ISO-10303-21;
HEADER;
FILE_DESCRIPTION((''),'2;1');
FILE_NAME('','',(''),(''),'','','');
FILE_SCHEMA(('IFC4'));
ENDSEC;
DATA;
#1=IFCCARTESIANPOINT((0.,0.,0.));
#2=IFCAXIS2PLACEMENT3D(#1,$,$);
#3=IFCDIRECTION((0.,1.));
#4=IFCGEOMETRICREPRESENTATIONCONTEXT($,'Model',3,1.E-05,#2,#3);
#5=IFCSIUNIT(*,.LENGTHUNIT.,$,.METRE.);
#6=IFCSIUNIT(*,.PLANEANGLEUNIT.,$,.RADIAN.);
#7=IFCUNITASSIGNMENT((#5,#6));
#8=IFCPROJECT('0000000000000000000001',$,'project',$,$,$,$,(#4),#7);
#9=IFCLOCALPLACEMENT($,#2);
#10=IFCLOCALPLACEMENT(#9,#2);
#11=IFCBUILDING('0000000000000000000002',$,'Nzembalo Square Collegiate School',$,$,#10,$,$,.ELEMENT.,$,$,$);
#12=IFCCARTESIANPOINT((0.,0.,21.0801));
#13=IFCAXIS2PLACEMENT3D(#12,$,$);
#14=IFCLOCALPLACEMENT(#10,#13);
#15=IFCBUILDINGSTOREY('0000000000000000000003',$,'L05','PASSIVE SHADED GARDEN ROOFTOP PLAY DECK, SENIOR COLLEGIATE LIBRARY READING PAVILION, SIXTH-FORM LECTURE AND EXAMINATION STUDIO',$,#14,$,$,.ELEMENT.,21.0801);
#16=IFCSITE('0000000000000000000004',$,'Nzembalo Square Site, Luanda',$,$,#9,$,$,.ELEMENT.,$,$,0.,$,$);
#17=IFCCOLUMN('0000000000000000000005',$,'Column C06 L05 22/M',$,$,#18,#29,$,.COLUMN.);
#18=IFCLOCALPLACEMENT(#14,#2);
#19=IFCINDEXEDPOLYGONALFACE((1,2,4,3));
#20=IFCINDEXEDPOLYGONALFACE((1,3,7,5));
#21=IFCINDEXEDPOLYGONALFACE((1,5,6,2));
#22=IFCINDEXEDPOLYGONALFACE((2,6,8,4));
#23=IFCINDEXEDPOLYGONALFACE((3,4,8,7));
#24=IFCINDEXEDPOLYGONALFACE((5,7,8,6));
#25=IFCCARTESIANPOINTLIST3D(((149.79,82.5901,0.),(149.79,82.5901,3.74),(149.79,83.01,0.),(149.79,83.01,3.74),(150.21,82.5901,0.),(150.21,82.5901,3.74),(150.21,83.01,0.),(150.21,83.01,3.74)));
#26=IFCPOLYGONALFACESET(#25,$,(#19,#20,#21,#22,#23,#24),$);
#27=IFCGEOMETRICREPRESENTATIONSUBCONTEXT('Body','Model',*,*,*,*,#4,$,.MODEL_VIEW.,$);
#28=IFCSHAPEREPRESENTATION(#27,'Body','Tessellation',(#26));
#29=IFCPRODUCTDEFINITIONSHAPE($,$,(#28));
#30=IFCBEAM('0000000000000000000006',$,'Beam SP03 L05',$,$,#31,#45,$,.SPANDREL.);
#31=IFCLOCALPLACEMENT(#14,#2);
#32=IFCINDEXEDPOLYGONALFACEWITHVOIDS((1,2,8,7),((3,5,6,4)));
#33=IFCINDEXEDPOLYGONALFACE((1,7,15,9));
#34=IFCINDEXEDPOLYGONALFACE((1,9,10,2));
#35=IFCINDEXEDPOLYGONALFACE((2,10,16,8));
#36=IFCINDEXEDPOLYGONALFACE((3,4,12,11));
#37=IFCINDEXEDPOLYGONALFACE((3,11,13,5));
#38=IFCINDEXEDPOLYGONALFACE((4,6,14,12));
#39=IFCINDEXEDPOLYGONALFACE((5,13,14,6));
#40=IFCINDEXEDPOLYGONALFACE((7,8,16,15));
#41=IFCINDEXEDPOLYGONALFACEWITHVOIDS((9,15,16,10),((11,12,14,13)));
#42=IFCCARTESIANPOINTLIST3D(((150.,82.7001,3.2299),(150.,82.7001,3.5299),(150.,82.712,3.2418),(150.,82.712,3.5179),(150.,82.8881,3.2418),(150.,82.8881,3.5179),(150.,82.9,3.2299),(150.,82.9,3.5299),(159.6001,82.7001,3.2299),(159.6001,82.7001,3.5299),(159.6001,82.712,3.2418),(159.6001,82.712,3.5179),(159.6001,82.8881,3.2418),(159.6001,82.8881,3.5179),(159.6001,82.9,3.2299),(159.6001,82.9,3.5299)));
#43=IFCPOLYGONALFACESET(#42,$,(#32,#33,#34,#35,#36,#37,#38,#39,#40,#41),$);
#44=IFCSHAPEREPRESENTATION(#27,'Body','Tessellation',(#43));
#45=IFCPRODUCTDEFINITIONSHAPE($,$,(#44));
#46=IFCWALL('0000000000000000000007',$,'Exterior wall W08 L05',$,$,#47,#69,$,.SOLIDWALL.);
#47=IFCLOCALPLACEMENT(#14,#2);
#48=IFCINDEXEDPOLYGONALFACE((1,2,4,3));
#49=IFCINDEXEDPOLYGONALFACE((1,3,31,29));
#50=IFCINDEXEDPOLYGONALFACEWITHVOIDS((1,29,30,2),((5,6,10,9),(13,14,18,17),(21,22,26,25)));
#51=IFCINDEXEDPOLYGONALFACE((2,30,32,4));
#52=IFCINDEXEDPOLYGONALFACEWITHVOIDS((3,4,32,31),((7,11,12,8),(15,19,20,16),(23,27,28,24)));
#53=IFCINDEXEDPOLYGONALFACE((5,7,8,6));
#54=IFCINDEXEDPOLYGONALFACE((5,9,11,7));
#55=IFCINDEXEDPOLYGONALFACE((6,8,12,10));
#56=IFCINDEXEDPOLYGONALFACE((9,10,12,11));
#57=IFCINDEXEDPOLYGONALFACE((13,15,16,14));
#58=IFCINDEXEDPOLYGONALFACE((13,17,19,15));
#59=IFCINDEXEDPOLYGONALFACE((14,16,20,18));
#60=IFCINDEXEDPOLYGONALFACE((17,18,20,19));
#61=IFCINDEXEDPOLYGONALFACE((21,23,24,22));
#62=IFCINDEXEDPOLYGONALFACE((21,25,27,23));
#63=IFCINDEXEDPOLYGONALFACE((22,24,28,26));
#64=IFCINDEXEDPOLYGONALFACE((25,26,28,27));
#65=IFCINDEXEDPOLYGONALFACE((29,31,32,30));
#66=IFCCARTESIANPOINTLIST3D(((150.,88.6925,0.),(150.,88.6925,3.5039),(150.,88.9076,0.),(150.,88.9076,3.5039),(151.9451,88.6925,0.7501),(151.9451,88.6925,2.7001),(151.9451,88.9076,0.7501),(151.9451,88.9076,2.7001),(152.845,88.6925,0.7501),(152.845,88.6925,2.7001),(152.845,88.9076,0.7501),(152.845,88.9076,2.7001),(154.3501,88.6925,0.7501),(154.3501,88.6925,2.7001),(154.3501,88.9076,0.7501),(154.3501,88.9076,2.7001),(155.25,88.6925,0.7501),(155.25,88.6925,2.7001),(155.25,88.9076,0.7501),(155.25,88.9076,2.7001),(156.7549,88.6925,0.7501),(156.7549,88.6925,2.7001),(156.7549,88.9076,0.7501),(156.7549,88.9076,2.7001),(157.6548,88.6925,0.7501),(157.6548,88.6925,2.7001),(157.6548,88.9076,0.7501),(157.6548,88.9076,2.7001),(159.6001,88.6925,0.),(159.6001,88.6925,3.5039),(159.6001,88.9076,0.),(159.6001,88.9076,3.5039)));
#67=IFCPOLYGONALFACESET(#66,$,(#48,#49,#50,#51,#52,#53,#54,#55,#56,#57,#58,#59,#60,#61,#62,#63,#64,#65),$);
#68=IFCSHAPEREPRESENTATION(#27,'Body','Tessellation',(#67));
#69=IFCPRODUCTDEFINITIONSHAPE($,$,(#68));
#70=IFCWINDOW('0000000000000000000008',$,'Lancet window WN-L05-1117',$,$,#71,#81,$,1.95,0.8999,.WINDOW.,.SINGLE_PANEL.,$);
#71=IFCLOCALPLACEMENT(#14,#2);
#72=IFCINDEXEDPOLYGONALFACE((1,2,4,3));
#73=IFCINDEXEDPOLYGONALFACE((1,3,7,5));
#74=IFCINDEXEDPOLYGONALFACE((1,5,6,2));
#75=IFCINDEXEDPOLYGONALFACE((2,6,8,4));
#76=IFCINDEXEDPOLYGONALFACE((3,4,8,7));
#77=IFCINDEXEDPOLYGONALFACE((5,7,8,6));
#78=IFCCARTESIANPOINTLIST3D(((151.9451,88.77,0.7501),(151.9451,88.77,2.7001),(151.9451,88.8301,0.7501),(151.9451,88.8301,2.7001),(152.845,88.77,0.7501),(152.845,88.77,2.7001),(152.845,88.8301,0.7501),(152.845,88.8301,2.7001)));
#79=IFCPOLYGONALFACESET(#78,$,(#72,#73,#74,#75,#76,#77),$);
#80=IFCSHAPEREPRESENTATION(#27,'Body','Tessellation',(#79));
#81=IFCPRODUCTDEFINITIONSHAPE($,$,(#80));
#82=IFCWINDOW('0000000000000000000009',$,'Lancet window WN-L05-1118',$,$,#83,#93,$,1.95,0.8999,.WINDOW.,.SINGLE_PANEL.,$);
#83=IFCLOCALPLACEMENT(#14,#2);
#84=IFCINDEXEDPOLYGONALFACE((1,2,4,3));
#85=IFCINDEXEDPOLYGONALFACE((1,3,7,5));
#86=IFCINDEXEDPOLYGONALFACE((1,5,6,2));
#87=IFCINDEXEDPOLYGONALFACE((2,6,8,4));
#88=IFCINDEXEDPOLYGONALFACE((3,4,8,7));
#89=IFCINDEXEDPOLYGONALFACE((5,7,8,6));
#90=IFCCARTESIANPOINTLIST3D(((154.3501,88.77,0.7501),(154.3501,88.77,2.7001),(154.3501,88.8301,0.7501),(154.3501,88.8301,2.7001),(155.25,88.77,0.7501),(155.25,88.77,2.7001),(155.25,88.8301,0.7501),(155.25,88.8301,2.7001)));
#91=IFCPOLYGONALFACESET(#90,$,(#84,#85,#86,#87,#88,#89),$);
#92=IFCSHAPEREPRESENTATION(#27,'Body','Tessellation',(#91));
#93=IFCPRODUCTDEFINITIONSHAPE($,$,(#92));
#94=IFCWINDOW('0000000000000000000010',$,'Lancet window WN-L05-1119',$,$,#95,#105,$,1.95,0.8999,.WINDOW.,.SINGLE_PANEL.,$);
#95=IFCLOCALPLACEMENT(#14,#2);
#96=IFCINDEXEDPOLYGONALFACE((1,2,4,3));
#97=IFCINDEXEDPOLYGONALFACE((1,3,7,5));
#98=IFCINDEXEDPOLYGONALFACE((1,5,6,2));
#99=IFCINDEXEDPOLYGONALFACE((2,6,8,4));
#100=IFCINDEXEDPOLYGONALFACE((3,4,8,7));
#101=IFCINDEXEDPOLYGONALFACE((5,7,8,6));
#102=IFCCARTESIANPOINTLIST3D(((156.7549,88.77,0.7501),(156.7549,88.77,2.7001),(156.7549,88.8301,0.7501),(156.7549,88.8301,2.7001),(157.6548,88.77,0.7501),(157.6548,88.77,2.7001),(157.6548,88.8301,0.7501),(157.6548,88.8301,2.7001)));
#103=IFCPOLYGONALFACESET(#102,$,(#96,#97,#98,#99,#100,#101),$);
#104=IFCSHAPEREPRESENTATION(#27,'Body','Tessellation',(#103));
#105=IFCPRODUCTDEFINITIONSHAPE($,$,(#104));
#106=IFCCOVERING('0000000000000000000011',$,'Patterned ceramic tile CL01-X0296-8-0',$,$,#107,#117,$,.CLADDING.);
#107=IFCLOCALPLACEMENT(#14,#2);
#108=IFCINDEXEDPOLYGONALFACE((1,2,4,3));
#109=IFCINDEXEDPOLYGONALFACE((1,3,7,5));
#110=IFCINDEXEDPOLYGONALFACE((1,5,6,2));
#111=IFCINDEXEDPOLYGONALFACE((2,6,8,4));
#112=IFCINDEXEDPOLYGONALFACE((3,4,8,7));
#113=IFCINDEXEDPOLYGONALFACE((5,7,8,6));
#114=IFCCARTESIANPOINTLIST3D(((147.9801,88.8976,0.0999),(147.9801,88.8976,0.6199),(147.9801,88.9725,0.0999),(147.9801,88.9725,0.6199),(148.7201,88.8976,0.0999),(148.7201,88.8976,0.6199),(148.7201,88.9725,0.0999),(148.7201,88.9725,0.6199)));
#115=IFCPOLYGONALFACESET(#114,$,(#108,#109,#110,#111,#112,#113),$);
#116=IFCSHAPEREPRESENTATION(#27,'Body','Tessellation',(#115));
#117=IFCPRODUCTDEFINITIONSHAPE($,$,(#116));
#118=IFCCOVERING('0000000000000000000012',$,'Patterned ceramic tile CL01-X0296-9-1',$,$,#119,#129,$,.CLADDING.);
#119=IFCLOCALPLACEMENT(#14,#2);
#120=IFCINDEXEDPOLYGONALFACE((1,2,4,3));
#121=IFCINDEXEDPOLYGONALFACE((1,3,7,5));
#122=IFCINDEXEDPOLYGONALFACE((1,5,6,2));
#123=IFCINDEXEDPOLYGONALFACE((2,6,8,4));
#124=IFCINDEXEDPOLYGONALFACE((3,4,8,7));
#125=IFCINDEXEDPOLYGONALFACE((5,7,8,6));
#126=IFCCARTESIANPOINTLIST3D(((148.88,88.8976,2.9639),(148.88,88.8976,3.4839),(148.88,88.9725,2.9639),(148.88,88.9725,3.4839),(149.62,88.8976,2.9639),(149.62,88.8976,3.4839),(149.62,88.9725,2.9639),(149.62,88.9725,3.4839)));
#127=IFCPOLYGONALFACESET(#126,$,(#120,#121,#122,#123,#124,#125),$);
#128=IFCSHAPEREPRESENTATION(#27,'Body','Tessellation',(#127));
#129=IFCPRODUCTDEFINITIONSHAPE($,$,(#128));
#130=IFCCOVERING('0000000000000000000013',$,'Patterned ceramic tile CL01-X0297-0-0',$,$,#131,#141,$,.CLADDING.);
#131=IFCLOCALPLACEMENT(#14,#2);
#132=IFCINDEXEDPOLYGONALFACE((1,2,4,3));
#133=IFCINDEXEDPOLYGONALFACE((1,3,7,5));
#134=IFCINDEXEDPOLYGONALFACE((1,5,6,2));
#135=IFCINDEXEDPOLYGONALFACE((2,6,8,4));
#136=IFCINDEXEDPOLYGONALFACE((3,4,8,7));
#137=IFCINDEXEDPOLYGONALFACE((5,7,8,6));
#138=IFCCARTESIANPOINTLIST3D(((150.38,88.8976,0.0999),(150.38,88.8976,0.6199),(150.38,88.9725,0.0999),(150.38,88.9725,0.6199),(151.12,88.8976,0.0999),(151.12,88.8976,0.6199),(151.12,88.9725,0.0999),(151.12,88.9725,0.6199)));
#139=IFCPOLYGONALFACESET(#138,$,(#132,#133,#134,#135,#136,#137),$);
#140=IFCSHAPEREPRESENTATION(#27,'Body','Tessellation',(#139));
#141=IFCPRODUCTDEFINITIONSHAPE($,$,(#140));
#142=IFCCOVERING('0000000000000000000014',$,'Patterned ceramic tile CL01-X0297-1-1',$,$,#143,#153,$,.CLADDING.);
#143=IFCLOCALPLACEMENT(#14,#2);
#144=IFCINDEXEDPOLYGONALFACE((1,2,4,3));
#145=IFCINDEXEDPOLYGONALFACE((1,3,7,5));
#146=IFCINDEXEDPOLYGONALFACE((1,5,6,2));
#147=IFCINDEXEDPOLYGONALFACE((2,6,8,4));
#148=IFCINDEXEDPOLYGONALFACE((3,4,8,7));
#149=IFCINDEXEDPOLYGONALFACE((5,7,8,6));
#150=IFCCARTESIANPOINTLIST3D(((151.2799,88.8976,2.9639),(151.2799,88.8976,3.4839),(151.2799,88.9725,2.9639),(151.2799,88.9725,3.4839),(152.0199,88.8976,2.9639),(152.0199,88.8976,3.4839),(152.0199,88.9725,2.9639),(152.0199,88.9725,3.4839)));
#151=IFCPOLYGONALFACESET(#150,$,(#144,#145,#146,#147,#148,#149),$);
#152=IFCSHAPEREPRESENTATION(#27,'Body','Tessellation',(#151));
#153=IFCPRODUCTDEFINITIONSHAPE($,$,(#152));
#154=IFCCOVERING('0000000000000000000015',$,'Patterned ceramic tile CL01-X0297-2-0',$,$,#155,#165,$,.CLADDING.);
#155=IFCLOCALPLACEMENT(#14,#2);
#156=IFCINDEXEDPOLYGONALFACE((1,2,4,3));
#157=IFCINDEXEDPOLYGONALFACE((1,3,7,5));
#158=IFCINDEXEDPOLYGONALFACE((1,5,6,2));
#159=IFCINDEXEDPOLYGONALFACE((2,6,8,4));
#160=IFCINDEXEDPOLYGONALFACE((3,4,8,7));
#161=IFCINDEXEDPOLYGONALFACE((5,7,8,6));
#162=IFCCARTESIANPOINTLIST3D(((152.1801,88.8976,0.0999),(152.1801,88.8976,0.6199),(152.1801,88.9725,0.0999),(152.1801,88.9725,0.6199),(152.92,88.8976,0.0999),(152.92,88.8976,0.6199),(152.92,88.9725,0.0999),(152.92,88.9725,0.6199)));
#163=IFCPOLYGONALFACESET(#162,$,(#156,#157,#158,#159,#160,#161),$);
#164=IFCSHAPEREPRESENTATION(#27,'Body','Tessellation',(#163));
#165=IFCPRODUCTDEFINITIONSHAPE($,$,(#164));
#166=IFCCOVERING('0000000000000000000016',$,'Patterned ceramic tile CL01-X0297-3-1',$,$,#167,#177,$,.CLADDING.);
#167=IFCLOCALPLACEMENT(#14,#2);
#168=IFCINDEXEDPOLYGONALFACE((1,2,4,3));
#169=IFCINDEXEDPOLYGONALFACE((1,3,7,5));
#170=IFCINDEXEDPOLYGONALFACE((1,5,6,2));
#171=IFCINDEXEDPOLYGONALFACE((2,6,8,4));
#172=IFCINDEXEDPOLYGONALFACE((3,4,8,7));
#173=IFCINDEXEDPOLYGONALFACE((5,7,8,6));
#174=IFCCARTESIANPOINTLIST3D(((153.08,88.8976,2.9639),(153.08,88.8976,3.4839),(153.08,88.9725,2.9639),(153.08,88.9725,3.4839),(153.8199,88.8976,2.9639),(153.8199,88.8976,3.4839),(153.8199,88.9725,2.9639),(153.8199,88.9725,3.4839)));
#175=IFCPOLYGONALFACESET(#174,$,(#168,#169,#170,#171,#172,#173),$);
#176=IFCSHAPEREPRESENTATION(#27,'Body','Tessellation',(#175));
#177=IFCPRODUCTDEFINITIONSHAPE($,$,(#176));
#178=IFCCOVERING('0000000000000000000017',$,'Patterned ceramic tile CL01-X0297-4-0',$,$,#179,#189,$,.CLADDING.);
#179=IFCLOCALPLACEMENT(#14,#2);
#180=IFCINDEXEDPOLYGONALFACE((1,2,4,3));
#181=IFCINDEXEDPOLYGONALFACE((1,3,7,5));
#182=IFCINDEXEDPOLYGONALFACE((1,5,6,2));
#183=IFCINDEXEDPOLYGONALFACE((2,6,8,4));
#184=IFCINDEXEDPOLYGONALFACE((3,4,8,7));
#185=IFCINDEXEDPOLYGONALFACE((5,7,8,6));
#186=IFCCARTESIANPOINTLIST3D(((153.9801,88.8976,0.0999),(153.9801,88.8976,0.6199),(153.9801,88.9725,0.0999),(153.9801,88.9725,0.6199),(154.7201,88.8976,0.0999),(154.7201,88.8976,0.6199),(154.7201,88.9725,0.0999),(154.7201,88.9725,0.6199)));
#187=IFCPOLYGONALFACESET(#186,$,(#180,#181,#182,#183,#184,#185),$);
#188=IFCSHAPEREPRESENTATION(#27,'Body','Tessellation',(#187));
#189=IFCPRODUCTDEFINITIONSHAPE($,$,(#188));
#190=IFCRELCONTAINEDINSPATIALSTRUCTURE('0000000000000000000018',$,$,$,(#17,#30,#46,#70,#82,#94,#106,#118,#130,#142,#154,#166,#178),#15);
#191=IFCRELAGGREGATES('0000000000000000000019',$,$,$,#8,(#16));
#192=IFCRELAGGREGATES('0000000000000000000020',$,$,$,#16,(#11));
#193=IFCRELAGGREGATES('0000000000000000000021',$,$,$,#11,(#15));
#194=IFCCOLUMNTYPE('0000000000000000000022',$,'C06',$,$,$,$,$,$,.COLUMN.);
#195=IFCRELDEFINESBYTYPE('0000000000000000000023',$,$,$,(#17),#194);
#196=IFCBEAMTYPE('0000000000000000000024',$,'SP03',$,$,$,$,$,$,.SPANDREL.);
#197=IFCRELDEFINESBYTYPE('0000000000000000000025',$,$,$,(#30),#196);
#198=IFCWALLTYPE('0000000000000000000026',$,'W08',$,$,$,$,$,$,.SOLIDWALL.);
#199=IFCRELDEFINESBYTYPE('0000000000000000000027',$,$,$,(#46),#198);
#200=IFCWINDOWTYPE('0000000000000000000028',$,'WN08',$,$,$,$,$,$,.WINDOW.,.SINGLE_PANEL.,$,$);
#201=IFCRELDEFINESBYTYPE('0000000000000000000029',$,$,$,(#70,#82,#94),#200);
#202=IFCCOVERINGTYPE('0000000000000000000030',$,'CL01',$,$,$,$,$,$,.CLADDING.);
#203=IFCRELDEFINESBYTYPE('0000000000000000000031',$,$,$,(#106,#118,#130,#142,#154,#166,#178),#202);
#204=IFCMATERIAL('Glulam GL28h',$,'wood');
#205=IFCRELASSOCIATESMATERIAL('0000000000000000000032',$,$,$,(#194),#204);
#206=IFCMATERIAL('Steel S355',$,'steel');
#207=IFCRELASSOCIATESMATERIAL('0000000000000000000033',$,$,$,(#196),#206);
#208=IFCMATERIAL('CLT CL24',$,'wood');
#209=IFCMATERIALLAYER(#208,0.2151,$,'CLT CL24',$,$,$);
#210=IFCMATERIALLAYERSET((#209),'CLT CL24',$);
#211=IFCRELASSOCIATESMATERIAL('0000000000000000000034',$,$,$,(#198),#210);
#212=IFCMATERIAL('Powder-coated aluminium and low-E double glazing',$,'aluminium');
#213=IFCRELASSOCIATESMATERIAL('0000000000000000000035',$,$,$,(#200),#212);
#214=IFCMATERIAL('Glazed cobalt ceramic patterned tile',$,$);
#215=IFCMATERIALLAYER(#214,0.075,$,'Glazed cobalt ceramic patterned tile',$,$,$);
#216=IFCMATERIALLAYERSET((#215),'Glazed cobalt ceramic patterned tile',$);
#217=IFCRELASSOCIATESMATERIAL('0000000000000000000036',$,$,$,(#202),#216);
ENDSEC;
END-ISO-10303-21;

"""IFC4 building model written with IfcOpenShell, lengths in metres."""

from ifc_helpers import new_model, si_unit, direction, frame, frame_2d, origin, origin_2d, place, context, subcontext, project, spatial, rectangle, hollow_rectangle, extrude, material, layer, layer_set, material_profile, profile_set, type_object, element, fill, save


model = new_model("IFC4")

# Units and contexts
model_context = context("Model", 3, precision=1e-05, world=origin(), true_north=direction((0.0, 1.0)))
body_context = subcontext(model_context, "Body", "Model", "MODEL_VIEW")
ifc_project = project(units=[si_unit("LENGTHUNIT", "METRE"), si_unit("PLANEANGLEUNIT", "RADIAN")], contexts=[model_context])

# Site, building, storey
site_placement = place(None, origin())
site = spatial("IfcSite", under=ifc_project, at=site_placement, Name="Nzembalo Square Site, Luanda", CompositionType="ELEMENT", RefElevation=0.0)
building_placement = place(site_placement, origin())
building = spatial("IfcBuilding", under=site, at=building_placement, Name="Nzembalo Square Collegiate School", CompositionType="ELEMENT")
storey_placement = place(building_placement, frame((0.0, 0.0, 21.0801)))
storey = spatial("IfcBuildingStorey", under=building, at=storey_placement, Name="L05", Description="PASSIVE SHADED GARDEN ROOFTOP PLAY DECK, SENIOR COLLEGIATE LIBRARY READING PAVILION, SIXTH-FORM LECTURE AND EXAMINATION STUDIO", CompositionType="ELEMENT", Elevation=21.0801)

# Column
ifc_material_1 = material(Name="Glulam GL28h", Category="wood")
ifc_material_profile_1 = material_profile(ifc_material_1, rectangle(XDim=0.4199, YDim=0.4199, at=origin_2d()), Name="GL28h 420x420")
ifc_profile_set_1 = profile_set([ifc_material_profile_1], Name="Glulam GL28h")
column_type = type_object("IfcColumnType", Name="C06", PredefinedType="COLUMN", material=ifc_profile_set_1)
column_placement = place(storey_placement, frame((150.0, 82.8, 0.0), z_axis=(0.0, 0.0, 1.0), x_axis=(1.0, 0.0, 0.0)))
element("IfcColumn", 1, at=column_placement, inside=storey, type_object=column_type, Name="Column C06 L05 22/M", PredefinedType="COLUMN", context=body_context, shape_type="SweptSolid", body=[
    extrude(rectangle(XDim=0.4199, YDim=0.4199, at=origin_2d()), origin(), (0.0, 0.0, 1.0), 3.74),
])

# Beam
ifc_material_2 = material(Name="Steel S355", Category="steel")
ifc_material_profile_2 = material_profile(ifc_material_2, hollow_rectangle(XDim=0.2, YDim=0.3, WallThickness=0.012, at=origin_2d()), Name="RHS 300x200x12")
ifc_profile_set_2 = profile_set([ifc_material_profile_2], Name="Steel S355")
beam_type = type_object("IfcBeamType", Name="SP03", PredefinedType="SPANDREL", material=ifc_profile_set_2)
beam_placement = place(storey_placement, frame((150.0, 82.8, 3.3799), z_axis=(1.0, 0.0, 0.0), x_axis=(0.0, 1.0, 0.0)))
element("IfcBeam", 2, at=beam_placement, inside=storey, type_object=beam_type, Name="Beam SP03 L05", PredefinedType="SPANDREL", context=body_context, shape_type="SweptSolid", body=[
    extrude(hollow_rectangle(XDim=0.2, YDim=0.3, WallThickness=0.012, at=origin_2d()), origin(), (0.0, 0.0, 1.0), 9.6001),
])

# Wall, openings, windows
ifc_material_3 = material(Name="CLT CL24", Category="wood")
ifc_layer_1 = layer(ifc_material_3, 0.2151, Name="CLT CL24")
ifc_layer_set_1 = layer_set([ifc_layer_1], Name="CLT CL24")
wall_type = type_object("IfcWallType", Name="W08", PredefinedType="SOLIDWALL", material=ifc_layer_set_1)
wall_placement = place(storey_placement, frame((150.0, 88.8, 0.0), z_axis=(0.0, 0.0, 1.0), x_axis=(1.0, 0.0, 0.0)))
wall = element("IfcWall", 3, at=wall_placement, inside=storey, type_object=wall_type, Name="Exterior wall W08 L05", PredefinedType="SOLIDWALL", context=body_context, shape_type="SweptSolid", body=[
    extrude(rectangle(XDim=9.6001, YDim=0.2151, at=frame_2d((4.8, 0.0))), origin(), (0.0, 0.0, 1.0), 3.5039),
])
opening_1_placement = place(wall_placement, frame((1.9451, 0.0, 0.75)))
opening_1 = element("IfcOpeningElement", 4, at=opening_1_placement, cuts=wall, PredefinedType="OPENING", context=body_context, shape_type="SweptSolid", body=[
    extrude(rectangle(XDim=0.8999, YDim=1.95, at=frame_2d((0.45, 0.9751))), frame((0.0, 0.1177, 0.0), z_axis=(0.0, -1.0, 0.0), x_axis=(1.0, 0.0, 0.0)), (0.0, 0.0, 1.0), 0.2351),
])
opening_2_placement = place(wall_placement, frame((4.3501, 0.0, 0.75)))
opening_2 = element("IfcOpeningElement", 5, at=opening_2_placement, cuts=wall, PredefinedType="OPENING", context=body_context, shape_type="SweptSolid", body=[
    extrude(rectangle(XDim=0.8999, YDim=1.95, at=frame_2d((0.45, 0.9751))), frame((0.0, 0.1177, 0.0), z_axis=(0.0, -1.0, 0.0), x_axis=(1.0, 0.0, 0.0)), (0.0, 0.0, 1.0), 0.2351),
])
opening_3_placement = place(wall_placement, frame((6.7549, 0.0, 0.75)))
opening_3 = element("IfcOpeningElement", 6, at=opening_3_placement, cuts=wall, PredefinedType="OPENING", context=body_context, shape_type="SweptSolid", body=[
    extrude(rectangle(XDim=0.8999, YDim=1.95, at=frame_2d((0.45, 0.9751))), frame((0.0, 0.1177, 0.0), z_axis=(0.0, -1.0, 0.0), x_axis=(1.0, 0.0, 0.0)), (0.0, 0.0, 1.0), 0.2351),
])
ifc_material_4 = material(Name="Powder-coated aluminium and low-E double glazing", Category="aluminium")
window_type = type_object("IfcWindowType", Name="WN08", PartitioningType="SINGLE_PANEL", PredefinedType="WINDOW", material=ifc_material_4)
window_1_placement = place(opening_1_placement, origin())
window_1 = element("IfcWindow", 7, at=window_1_placement, inside=storey, type_object=window_type, Name="Lancet window WN-L05-1117", OverallHeight=1.95, OverallWidth=0.8999, PartitioningType="SINGLE_PANEL", PredefinedType="WINDOW", context=body_context, shape_type="SweptSolid", body=[
    extrude(rectangle(XDim=0.8999, YDim=1.95, at=frame_2d((0.45, 0.9751))), frame((0.0, 0.03, 0.0), z_axis=(0.0, -1.0, 0.0), x_axis=(1.0, 0.0, 0.0)), (0.0, 0.0, 1.0), 0.0601),
])
fill(opening_1, window_1)
window_2_placement = place(opening_2_placement, origin())
window_2 = element("IfcWindow", 8, at=window_2_placement, inside=storey, type_object=window_type, Name="Lancet window WN-L05-1118", OverallHeight=1.95, OverallWidth=0.8999, PartitioningType="SINGLE_PANEL", PredefinedType="WINDOW", context=body_context, shape_type="SweptSolid", body=[
    extrude(rectangle(XDim=0.8999, YDim=1.95, at=frame_2d((0.45, 0.9751))), frame((0.0, 0.03, 0.0), z_axis=(0.0, -1.0, 0.0), x_axis=(1.0, 0.0, 0.0)), (0.0, 0.0, 1.0), 0.0601),
])
fill(opening_2, window_2)
window_3_placement = place(opening_3_placement, origin())
window_3 = element("IfcWindow", 9, at=window_3_placement, inside=storey, type_object=window_type, Name="Lancet window WN-L05-1119", OverallHeight=1.95, OverallWidth=0.8999, PartitioningType="SINGLE_PANEL", PredefinedType="WINDOW", context=body_context, shape_type="SweptSolid", body=[
    extrude(rectangle(XDim=0.8999, YDim=1.95, at=frame_2d((0.45, 0.9751))), frame((0.0, 0.03, 0.0), z_axis=(0.0, -1.0, 0.0), x_axis=(1.0, 0.0, 0.0)), (0.0, 0.0, 1.0), 0.0601),
])
fill(opening_3, window_3)

# Coverings
ifc_material_5 = material(Name="Glazed cobalt ceramic patterned tile")
ifc_layer_2 = layer(ifc_material_5, 0.075, Name="Glazed cobalt ceramic patterned tile")
ifc_layer_set_2 = layer_set([ifc_layer_2], Name="Glazed cobalt ceramic patterned tile")
covering_type_1 = type_object("IfcCoveringType", Name="CL01", PredefinedType="CLADDING", material=ifc_layer_set_2)
for number, where, z_axis, x_axis, name in (
    (10, (148.3501, 88.9351, 0.0999), (0.0, 0.0, 1.0), (1.0, 0.0, 0.0), "Patterned ceramic tile CL01-X0296-8-0"),
    (11, (149.25, 88.9351, 2.9639), (0.0, 0.0, 1.0), (1.0, 0.0, 0.0), "Patterned ceramic tile CL01-X0296-9-1"),
    (12, (150.75, 88.9351, 0.0999), (0.0, 0.0, 1.0), (1.0, 0.0, 0.0), "Patterned ceramic tile CL01-X0297-0-0"),
    (13, (151.6499, 88.9351, 2.9639), (0.0, 0.0, 1.0), (1.0, 0.0, 0.0), "Patterned ceramic tile CL01-X0297-1-1"),
    (14, (152.55, 88.9351, 0.0999), (0.0, 0.0, 1.0), (1.0, 0.0, 0.0), "Patterned ceramic tile CL01-X0297-2-0"),
    (15, (153.45, 88.9351, 2.9639), (0.0, 0.0, 1.0), (1.0, 0.0, 0.0), "Patterned ceramic tile CL01-X0297-3-1"),
    (16, (154.3501, 88.9351, 0.0999), (0.0, 0.0, 1.0), (1.0, 0.0, 0.0), "Patterned ceramic tile CL01-X0297-4-0"),
):
    element("IfcCovering", number, at=place(storey_placement, frame(where, z_axis=z_axis, x_axis=x_axis)), inside=storey, type_object=covering_type_1, Name=name, PredefinedType="CLADDING", context=body_context, shape_type="SweptSolid", body=[
        extrude(rectangle(XDim=0.74, YDim=0.075, at=origin_2d()), origin(), (0.0, 0.0, 1.0), 0.52),
    ])

save(model, "model.ifc")
